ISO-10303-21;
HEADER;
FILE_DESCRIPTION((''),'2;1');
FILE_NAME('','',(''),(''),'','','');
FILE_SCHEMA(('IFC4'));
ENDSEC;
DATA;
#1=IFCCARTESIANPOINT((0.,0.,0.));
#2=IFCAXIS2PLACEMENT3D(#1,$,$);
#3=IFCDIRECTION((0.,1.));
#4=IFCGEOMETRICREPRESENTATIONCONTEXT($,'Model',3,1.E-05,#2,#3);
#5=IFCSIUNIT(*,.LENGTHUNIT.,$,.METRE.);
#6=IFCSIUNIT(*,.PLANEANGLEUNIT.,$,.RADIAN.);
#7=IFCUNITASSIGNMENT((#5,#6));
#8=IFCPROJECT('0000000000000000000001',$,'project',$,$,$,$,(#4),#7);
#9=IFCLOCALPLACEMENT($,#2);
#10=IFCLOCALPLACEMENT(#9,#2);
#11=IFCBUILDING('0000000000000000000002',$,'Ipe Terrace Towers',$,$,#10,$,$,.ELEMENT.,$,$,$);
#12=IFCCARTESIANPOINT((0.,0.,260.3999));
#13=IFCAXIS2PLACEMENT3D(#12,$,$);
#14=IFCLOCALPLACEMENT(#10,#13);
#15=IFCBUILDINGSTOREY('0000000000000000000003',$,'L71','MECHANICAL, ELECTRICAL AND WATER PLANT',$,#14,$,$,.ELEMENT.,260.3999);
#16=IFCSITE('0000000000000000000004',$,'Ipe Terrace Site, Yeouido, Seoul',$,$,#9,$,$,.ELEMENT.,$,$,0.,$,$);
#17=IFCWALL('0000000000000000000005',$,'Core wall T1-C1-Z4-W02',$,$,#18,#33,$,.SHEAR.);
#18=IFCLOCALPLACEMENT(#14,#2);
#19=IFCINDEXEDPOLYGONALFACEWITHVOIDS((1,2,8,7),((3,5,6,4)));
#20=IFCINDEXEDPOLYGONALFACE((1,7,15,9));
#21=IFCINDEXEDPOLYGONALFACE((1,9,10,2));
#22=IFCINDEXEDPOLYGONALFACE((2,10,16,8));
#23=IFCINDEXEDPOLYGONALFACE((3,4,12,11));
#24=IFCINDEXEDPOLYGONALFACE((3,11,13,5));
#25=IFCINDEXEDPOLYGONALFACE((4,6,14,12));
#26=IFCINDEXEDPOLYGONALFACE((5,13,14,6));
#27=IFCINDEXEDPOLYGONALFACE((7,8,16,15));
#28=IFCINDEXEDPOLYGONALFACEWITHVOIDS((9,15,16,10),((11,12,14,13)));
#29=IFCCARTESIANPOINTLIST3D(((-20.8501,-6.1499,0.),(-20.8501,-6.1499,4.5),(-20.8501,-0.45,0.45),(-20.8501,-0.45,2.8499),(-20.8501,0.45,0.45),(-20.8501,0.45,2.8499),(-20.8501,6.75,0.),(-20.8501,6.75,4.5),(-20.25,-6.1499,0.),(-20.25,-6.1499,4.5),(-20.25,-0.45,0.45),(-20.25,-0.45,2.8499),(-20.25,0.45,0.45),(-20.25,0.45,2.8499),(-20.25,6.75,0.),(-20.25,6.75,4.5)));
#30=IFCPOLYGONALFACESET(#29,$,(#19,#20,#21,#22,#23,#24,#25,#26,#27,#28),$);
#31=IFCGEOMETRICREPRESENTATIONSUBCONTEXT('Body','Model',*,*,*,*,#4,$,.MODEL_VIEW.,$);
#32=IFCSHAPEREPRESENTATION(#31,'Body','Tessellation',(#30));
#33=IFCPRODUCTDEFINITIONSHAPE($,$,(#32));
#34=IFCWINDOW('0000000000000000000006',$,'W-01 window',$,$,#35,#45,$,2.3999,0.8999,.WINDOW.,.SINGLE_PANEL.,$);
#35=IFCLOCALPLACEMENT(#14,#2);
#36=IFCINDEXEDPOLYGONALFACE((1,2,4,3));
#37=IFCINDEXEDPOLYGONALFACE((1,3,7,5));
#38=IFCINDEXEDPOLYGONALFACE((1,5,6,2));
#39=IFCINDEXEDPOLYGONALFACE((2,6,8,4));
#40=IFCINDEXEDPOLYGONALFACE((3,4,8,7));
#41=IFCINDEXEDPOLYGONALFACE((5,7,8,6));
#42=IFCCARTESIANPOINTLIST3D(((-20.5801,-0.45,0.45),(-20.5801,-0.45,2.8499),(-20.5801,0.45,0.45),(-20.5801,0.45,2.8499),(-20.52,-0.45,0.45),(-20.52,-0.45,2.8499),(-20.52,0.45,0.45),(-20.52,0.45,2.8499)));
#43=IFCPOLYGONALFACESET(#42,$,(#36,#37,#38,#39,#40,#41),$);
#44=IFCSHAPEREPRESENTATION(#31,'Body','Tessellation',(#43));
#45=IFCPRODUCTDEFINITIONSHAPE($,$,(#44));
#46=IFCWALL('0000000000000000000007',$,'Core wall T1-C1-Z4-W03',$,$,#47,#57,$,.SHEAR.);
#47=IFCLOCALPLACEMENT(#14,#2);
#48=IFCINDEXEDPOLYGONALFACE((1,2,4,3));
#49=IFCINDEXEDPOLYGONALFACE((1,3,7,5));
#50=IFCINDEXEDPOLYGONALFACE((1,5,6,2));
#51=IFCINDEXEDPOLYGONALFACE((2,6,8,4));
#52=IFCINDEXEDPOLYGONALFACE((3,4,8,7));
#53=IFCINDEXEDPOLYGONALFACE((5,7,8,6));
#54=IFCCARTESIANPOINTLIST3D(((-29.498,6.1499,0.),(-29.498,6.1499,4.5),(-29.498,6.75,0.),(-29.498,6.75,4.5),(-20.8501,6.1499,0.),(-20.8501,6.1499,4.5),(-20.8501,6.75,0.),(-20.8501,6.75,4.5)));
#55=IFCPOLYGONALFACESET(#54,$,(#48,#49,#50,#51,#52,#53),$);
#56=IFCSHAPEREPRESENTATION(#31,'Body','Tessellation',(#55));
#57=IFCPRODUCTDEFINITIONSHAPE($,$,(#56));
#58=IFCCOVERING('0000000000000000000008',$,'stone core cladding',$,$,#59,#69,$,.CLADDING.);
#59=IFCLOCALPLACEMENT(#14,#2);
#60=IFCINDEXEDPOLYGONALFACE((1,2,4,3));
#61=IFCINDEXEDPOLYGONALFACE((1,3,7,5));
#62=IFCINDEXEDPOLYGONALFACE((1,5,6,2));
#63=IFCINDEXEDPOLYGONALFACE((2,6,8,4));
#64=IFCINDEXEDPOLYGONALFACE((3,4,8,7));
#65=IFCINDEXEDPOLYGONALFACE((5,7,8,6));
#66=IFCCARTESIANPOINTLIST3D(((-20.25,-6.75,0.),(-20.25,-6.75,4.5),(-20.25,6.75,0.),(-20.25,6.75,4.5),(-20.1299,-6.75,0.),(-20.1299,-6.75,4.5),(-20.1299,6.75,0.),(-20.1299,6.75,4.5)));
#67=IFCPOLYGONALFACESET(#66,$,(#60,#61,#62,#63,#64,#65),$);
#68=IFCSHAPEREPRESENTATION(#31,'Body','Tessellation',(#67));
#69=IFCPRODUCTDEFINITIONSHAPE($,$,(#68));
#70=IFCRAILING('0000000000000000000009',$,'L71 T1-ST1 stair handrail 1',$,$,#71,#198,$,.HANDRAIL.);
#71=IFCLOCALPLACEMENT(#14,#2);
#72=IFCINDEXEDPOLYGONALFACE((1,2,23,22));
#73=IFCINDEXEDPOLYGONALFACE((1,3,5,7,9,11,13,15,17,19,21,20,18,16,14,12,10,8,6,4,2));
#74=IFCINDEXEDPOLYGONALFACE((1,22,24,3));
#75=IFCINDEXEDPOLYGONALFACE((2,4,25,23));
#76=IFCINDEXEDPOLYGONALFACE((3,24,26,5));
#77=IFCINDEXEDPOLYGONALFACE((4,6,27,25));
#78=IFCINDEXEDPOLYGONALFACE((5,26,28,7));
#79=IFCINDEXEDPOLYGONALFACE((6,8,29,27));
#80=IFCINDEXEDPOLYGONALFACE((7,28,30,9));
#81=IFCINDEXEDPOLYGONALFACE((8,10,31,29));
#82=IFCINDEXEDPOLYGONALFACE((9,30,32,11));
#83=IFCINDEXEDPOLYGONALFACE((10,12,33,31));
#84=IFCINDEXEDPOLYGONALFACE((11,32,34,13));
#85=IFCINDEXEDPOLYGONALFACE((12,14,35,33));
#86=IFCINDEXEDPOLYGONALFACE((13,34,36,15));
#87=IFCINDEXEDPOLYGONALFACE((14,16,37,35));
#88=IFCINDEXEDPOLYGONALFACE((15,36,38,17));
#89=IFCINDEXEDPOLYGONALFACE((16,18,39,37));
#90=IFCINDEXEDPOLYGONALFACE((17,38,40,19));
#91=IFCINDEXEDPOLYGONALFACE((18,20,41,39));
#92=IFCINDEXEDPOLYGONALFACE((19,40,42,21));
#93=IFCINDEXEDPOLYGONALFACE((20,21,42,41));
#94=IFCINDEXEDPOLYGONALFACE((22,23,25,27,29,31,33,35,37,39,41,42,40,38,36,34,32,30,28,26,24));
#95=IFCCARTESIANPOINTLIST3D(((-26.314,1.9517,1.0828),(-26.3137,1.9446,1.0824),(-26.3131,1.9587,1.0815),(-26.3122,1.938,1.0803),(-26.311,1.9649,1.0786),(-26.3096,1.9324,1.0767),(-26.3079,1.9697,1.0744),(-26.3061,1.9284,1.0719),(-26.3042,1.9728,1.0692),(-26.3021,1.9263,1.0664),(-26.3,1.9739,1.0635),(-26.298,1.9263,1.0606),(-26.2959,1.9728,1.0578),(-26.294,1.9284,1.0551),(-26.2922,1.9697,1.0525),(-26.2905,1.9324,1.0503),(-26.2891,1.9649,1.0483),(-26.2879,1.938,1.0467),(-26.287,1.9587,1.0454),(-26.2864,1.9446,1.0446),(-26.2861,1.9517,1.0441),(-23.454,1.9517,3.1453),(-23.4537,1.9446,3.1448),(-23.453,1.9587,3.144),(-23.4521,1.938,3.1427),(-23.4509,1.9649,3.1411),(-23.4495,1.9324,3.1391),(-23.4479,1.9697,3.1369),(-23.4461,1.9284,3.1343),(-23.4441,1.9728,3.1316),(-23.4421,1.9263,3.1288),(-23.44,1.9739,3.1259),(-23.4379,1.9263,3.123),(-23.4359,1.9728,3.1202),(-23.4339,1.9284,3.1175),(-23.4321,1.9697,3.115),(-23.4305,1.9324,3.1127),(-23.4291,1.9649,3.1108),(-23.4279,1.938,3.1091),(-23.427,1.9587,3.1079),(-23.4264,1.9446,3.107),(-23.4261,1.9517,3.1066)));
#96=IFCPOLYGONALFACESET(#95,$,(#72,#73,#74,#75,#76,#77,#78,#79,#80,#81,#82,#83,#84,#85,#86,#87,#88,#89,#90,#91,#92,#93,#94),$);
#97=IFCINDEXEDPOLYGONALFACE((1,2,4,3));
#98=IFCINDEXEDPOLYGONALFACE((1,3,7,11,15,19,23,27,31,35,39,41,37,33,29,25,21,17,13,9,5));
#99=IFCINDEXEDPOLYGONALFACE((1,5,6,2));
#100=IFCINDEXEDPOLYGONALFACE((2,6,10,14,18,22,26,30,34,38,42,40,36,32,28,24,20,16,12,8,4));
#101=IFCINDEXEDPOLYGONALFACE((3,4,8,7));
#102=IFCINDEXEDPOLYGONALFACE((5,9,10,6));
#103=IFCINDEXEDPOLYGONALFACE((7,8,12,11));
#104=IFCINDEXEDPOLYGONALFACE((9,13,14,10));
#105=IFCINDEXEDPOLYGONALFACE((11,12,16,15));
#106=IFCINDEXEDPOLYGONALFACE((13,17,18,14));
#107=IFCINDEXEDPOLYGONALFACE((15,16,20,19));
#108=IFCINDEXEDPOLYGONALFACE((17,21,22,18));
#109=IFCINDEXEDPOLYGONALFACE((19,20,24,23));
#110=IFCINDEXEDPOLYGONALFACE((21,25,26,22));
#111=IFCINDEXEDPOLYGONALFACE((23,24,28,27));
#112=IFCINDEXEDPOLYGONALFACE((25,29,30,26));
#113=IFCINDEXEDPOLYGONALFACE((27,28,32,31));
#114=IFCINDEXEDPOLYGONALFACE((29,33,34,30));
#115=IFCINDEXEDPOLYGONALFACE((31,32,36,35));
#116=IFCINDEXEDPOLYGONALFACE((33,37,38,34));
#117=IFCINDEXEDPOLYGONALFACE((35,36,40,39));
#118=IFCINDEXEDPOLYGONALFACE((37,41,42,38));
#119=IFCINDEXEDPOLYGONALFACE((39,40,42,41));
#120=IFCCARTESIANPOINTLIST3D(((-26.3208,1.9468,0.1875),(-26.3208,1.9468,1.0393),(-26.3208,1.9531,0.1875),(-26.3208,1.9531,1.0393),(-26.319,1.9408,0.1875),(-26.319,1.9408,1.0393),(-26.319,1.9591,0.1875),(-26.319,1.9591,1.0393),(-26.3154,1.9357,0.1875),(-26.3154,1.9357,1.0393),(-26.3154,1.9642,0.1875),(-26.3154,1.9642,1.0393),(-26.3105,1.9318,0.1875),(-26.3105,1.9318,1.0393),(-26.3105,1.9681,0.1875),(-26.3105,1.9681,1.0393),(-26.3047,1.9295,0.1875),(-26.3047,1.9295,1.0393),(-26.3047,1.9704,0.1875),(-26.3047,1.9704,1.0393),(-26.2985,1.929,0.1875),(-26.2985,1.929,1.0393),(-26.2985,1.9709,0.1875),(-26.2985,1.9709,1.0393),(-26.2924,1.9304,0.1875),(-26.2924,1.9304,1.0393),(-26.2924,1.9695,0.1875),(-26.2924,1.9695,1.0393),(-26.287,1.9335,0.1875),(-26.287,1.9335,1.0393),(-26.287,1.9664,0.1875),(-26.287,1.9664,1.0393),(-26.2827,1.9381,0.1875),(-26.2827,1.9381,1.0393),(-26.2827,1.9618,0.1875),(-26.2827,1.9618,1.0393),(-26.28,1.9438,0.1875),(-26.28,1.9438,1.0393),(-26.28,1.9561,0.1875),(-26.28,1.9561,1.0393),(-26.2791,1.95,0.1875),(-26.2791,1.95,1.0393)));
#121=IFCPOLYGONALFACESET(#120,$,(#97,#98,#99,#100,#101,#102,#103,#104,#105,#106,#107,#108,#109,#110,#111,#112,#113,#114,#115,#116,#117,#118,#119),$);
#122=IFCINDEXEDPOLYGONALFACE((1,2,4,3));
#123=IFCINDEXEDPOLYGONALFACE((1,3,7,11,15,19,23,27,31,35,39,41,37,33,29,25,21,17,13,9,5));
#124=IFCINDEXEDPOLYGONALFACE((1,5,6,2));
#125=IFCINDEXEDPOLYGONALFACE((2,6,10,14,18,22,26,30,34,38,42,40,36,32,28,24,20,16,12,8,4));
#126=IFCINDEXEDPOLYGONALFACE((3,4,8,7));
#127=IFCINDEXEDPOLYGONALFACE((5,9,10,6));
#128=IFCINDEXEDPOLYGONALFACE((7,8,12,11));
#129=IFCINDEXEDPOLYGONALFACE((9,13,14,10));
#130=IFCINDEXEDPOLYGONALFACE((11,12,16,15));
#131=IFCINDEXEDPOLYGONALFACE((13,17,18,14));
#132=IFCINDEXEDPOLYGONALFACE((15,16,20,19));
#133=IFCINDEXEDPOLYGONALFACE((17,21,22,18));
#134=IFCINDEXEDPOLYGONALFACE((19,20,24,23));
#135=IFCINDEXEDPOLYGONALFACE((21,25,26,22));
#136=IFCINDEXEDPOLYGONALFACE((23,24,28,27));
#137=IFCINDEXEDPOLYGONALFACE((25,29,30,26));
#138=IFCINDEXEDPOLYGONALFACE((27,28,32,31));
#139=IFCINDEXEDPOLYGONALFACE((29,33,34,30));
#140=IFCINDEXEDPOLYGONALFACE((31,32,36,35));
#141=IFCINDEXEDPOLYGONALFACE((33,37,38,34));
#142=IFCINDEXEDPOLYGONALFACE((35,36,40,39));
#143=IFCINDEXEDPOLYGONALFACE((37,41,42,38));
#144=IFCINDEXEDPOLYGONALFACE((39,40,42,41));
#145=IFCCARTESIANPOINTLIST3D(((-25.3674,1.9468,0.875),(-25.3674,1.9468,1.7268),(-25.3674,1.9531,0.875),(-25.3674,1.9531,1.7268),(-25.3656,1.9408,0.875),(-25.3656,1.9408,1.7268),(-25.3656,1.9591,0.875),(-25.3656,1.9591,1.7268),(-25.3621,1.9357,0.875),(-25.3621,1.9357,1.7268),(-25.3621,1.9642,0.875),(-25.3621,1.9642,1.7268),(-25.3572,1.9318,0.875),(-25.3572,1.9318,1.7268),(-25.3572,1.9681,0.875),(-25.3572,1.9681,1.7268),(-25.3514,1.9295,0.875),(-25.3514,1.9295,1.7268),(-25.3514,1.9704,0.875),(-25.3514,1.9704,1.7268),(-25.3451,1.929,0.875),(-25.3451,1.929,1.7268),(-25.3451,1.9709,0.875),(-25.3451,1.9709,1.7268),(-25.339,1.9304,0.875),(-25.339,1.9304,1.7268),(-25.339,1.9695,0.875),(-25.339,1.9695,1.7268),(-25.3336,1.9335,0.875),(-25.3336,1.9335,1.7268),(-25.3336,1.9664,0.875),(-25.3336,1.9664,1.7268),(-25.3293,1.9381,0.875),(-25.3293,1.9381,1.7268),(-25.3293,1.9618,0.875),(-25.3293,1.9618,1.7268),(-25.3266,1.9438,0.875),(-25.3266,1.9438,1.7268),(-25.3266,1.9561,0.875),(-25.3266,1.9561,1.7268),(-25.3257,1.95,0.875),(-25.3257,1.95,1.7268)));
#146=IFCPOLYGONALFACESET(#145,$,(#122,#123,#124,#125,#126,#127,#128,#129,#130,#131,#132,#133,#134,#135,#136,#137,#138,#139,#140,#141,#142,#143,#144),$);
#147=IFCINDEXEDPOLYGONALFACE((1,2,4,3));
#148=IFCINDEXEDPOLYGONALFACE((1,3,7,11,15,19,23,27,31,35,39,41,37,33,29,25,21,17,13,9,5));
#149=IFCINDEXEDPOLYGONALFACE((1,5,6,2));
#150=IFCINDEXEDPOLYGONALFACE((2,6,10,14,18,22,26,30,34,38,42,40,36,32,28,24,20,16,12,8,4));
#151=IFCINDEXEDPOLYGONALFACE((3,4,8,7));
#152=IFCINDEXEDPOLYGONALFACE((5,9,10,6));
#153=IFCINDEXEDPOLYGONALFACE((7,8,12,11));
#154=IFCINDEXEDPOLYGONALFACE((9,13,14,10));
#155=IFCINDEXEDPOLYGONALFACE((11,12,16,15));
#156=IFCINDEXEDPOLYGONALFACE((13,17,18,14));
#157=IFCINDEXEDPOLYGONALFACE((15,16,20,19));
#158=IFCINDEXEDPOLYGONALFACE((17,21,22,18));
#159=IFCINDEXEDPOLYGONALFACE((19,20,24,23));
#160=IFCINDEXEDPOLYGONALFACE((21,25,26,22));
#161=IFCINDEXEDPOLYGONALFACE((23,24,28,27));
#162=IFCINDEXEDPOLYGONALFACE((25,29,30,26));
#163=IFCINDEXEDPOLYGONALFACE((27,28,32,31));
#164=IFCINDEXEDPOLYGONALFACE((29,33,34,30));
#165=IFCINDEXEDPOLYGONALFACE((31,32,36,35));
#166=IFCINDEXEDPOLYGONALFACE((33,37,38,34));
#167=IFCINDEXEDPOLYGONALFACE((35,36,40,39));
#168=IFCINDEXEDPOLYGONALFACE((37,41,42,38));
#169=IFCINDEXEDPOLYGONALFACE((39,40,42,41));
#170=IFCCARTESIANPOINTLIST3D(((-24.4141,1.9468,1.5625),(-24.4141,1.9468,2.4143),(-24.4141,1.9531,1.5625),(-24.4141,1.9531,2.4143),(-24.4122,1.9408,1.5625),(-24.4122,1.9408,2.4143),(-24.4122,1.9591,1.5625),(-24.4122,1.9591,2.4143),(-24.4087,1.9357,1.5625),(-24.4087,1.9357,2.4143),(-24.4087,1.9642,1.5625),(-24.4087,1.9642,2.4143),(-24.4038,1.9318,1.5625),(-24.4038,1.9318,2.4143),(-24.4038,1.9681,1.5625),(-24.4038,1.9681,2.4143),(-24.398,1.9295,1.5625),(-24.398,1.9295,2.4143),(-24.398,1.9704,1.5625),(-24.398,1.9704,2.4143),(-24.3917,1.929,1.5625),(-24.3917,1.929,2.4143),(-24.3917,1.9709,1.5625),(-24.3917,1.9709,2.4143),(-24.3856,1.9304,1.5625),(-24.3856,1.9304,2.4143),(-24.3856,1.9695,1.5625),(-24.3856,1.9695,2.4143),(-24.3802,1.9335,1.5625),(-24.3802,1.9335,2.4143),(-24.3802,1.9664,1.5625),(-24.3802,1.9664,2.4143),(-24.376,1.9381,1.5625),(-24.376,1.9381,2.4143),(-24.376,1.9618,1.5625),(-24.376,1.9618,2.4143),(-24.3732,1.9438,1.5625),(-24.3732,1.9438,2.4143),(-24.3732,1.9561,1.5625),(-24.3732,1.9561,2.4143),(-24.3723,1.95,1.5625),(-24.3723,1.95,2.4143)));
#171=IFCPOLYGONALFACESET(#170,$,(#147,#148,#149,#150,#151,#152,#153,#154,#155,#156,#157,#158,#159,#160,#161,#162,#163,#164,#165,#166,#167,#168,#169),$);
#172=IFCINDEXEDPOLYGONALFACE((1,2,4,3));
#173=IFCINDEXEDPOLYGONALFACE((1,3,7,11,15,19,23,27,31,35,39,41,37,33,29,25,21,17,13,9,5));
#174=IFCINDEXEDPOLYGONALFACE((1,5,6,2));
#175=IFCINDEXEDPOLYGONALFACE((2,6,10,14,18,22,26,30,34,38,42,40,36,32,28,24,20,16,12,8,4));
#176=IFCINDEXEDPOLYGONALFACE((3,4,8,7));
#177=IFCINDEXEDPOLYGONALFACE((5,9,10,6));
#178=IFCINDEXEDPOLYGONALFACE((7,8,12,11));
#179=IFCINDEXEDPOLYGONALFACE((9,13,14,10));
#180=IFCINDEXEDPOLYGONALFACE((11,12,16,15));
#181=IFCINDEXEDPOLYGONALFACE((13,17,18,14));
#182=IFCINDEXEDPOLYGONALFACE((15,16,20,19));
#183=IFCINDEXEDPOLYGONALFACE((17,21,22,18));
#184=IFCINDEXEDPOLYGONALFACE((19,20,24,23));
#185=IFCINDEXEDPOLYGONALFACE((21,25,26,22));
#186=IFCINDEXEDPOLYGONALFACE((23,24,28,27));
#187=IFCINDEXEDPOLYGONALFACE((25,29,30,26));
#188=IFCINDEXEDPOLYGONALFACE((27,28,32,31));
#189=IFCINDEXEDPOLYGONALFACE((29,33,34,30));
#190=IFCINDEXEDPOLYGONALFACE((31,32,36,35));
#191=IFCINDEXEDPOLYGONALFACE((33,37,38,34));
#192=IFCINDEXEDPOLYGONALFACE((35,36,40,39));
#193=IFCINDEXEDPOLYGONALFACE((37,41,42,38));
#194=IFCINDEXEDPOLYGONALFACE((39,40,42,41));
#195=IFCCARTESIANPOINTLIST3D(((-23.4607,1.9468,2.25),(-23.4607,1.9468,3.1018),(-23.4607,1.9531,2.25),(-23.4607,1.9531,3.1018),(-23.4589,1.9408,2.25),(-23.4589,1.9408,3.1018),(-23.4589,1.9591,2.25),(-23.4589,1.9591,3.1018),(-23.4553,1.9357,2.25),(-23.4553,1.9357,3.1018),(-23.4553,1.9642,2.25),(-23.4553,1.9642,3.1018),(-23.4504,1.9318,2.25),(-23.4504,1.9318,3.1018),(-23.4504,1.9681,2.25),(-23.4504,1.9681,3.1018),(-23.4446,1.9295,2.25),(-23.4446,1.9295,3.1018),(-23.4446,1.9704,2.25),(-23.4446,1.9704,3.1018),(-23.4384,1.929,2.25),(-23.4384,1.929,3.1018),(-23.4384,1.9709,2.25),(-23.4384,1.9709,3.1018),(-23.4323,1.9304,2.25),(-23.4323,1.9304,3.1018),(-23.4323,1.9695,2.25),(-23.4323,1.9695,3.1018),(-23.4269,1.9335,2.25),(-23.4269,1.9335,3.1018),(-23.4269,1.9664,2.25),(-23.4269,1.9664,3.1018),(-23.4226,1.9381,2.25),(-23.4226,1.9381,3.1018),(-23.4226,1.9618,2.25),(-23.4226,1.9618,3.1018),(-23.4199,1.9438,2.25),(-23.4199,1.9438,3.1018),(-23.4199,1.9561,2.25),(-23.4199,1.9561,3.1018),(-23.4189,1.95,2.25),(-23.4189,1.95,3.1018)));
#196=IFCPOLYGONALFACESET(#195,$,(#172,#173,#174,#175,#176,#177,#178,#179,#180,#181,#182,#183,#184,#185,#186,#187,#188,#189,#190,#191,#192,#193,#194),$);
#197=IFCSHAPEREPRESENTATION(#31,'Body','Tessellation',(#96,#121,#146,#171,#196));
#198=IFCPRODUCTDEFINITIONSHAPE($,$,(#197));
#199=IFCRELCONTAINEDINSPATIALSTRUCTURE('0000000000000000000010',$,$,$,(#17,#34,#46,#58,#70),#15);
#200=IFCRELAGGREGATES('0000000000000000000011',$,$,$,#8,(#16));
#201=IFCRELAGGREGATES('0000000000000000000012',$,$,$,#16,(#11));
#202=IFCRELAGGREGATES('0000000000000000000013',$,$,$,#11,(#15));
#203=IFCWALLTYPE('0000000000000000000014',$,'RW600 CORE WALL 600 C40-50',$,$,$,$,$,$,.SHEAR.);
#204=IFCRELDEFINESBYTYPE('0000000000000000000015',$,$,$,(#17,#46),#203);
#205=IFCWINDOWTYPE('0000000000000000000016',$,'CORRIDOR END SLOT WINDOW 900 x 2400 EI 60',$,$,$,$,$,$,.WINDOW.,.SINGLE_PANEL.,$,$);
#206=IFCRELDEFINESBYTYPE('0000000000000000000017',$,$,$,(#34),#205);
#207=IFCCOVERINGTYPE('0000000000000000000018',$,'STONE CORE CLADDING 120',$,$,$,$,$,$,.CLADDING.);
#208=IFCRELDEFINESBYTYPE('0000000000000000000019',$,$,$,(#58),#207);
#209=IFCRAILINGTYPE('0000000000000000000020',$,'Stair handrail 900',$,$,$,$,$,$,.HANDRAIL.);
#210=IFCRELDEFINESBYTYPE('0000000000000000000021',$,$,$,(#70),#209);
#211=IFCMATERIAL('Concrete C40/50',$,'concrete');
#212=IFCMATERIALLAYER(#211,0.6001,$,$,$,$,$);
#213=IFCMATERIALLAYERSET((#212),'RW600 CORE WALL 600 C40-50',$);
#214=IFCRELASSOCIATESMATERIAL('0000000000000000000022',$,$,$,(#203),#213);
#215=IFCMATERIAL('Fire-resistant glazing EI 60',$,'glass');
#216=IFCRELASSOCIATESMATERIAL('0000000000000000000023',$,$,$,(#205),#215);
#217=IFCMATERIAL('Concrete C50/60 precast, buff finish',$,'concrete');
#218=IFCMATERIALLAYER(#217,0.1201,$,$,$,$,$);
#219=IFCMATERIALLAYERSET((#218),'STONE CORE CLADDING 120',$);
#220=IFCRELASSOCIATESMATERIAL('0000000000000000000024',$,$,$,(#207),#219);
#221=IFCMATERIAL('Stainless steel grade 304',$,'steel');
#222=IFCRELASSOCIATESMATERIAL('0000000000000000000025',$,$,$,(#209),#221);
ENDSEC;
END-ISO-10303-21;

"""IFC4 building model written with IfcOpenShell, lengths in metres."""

from ifc_helpers import new_model, si_unit, direction, frame, frame_2d, origin, origin_2d, place, context, subcontext, project, spatial, rectangle, circle, extrude, material, layer, layer_set, type_object, element, fill, save


model = new_model("IFC4")

# Units and contexts
model_context = context("Model", 3, precision=1e-05, world=origin(), true_north=direction((0.0, 1.0)))
body_context = subcontext(model_context, "Body", "Model", "MODEL_VIEW")
ifc_project = project(units=[si_unit("LENGTHUNIT", "METRE"), si_unit("PLANEANGLEUNIT", "RADIAN")], contexts=[model_context])

# Site, building, storey
site_placement = place(None, origin())
site = spatial("IfcSite", under=ifc_project, at=site_placement, Name="Ipe Terrace Site, Yeouido, Seoul", CompositionType="ELEMENT", RefElevation=0.0)
building_placement = place(site_placement, origin())
building = spatial("IfcBuilding", under=site, at=building_placement, Name="Ipe Terrace Towers", CompositionType="ELEMENT")
storey_placement = place(building_placement, frame((0.0, 0.0, 260.3999)))
storey = spatial("IfcBuildingStorey", under=building, at=storey_placement, Name="L71", Description="MECHANICAL, ELECTRICAL AND WATER PLANT", CompositionType="ELEMENT", Elevation=260.3999)

# Wall, opening, window
ifc_material_1 = material(Name="Concrete C40/50", Category="concrete")
ifc_layer_1 = layer(ifc_material_1, 0.6001)
ifc_layer_set_1 = layer_set([ifc_layer_1], Name="RW600 CORE WALL 600 C40-50")
wall_type_1 = type_object("IfcWallType", Name="RW600 CORE WALL 600 C40-50", PredefinedType="SHEAR", material=ifc_layer_set_1)
wall_1_placement = place(storey_placement, frame((-20.55, -6.1499, 0.0), z_axis=(0.0, 0.0, 1.0), x_axis=(0.0, 1.0, 0.0)))
wall_1 = element("IfcWall", 1, at=wall_1_placement, inside=storey, type_object=wall_type_1, Name="Core wall T1-C1-Z4-W02", PredefinedType="SHEAR", context=body_context, shape_type="SweptSolid", body=[
    extrude(rectangle(XDim=12.8999, YDim=0.6001, at=frame_2d((6.45, 0.0))), origin(), (0.0, 0.0, 1.0), 4.5),
])
opening_1_placement = place(wall_1_placement, frame((5.7, 0.0, 0.45)))
opening_1 = element("IfcOpeningElement", 2, at=opening_1_placement, cuts=wall_1, PredefinedType="OPENING", context=body_context, shape_type="SweptSolid", body=[
    extrude(rectangle(XDim=0.8999, YDim=2.3999, at=frame_2d((0.45, 1.2))), frame((0.0, 0.3101, 0.0), z_axis=(0.0, -1.0, 0.0), x_axis=(1.0, 0.0, 0.0)), (0.0, 0.0, 1.0), 0.6201),
])
ifc_material_2 = material(Name="Fire-resistant glazing EI 60", Category="glass")
window_type = type_object("IfcWindowType", Name="CORRIDOR END SLOT WINDOW 900 x 2400 EI 60", PartitioningType="SINGLE_PANEL", PredefinedType="WINDOW", material=ifc_material_2)
window_placement = place(opening_1_placement, origin())
window = element("IfcWindow", 3, at=window_placement, inside=storey, type_object=window_type, Name="W-01 window", OverallHeight=2.3999, OverallWidth=0.8999, PartitioningType="SINGLE_PANEL", PredefinedType="WINDOW", context=body_context, shape_type="SweptSolid", body=[
    extrude(rectangle(XDim=0.8999, YDim=2.3999, at=frame_2d((0.45, 1.2))), frame((0.0, 0.03, 0.0), z_axis=(0.0, -1.0, 0.0), x_axis=(1.0, 0.0, 0.0)), (0.0, 0.0, 1.0), 0.0601),
])
fill(opening_1, window)

# Wall
wall_2_placement = place(storey_placement, frame((-20.8501, 6.45, 0.0), z_axis=(0.0, 0.0, 1.0), x_axis=(-1.0, 0.0, 0.0)))
element("IfcWall", 4, at=wall_2_placement, inside=storey, type_object=wall_type_1, Name="Core wall T1-C1-Z4-W03", PredefinedType="SHEAR", context=body_context, shape_type="SweptSolid", body=[
    extrude(rectangle(XDim=8.6479, YDim=0.6001, at=frame_2d((4.324, 0.0))), origin(), (0.0, 0.0, 1.0), 4.5),
])

# Covering
ifc_material_3 = material(Name="Concrete C50/60 precast, buff finish", Category="concrete")
ifc_layer_2 = layer(ifc_material_3, 0.1201)
ifc_layer_set_2 = layer_set([ifc_layer_2], Name="STONE CORE CLADDING 120")
covering_type = type_object("IfcCoveringType", Name="STONE CORE CLADDING 120", PredefinedType="CLADDING", material=ifc_layer_set_2)
covering_placement = place(storey_placement, frame((-20.1899, 0.0, 0.0), z_axis=(0.0, 0.0, 1.0), x_axis=(0.0, 1.0, 0.0)))
element("IfcCovering", 5, at=covering_placement, inside=storey, type_object=covering_type, Name="stone core cladding", PredefinedType="CLADDING", context=body_context, shape_type="SweptSolid", body=[
    extrude(rectangle(XDim=13.5, YDim=0.1201, at=origin_2d()), origin(), (0.0, 0.0, 1.0), 4.5),
])

# Railing
ifc_material_4 = material(Name="Stainless steel grade 304", Category="steel")
railing_type_1 = type_object("IfcRailingType", Name="Stair handrail 900", PredefinedType="HANDRAIL", material=ifc_material_4)
railing_1_placement = place(storey_placement, frame((-26.3, 1.95, 0.1875)))
element("IfcRailing", 6, at=railing_1_placement, inside=storey, type_object=railing_type_1, Name="L71 T1-ST1 stair handrail 1", PredefinedType="HANDRAIL", context=body_context, shape_type="SweptSolid", body=[
    extrude(circle(Radius=0.0239, at=origin_2d()), frame((0.0, 0.0, 0.876), z_axis=(0.811101, 0.0, 0.584906), x_axis=(0.0, 1.0, 0.0)), (0.0, 0.0, 1.0), 3.5261),
    extrude(circle(Radius=0.021, at=origin_2d()), origin(), (0.0, 0.0, 1.0), 0.8518),
    extrude(circle(Radius=0.021, at=origin_2d()), frame((0.9534, 0.0, 0.6875)), (0.0, 0.0, 1.0), 0.8518),
    extrude(circle(Radius=0.021, at=origin_2d()), frame((1.9067, 0.0, 1.375)), (0.0, 0.0, 1.0), 0.8518),
    extrude(circle(Radius=0.021, at=origin_2d()), frame((2.8601, 0.0, 2.0625)), (0.0, 0.0, 1.0), 0.8518),
])

save(model, "model.ifc")
